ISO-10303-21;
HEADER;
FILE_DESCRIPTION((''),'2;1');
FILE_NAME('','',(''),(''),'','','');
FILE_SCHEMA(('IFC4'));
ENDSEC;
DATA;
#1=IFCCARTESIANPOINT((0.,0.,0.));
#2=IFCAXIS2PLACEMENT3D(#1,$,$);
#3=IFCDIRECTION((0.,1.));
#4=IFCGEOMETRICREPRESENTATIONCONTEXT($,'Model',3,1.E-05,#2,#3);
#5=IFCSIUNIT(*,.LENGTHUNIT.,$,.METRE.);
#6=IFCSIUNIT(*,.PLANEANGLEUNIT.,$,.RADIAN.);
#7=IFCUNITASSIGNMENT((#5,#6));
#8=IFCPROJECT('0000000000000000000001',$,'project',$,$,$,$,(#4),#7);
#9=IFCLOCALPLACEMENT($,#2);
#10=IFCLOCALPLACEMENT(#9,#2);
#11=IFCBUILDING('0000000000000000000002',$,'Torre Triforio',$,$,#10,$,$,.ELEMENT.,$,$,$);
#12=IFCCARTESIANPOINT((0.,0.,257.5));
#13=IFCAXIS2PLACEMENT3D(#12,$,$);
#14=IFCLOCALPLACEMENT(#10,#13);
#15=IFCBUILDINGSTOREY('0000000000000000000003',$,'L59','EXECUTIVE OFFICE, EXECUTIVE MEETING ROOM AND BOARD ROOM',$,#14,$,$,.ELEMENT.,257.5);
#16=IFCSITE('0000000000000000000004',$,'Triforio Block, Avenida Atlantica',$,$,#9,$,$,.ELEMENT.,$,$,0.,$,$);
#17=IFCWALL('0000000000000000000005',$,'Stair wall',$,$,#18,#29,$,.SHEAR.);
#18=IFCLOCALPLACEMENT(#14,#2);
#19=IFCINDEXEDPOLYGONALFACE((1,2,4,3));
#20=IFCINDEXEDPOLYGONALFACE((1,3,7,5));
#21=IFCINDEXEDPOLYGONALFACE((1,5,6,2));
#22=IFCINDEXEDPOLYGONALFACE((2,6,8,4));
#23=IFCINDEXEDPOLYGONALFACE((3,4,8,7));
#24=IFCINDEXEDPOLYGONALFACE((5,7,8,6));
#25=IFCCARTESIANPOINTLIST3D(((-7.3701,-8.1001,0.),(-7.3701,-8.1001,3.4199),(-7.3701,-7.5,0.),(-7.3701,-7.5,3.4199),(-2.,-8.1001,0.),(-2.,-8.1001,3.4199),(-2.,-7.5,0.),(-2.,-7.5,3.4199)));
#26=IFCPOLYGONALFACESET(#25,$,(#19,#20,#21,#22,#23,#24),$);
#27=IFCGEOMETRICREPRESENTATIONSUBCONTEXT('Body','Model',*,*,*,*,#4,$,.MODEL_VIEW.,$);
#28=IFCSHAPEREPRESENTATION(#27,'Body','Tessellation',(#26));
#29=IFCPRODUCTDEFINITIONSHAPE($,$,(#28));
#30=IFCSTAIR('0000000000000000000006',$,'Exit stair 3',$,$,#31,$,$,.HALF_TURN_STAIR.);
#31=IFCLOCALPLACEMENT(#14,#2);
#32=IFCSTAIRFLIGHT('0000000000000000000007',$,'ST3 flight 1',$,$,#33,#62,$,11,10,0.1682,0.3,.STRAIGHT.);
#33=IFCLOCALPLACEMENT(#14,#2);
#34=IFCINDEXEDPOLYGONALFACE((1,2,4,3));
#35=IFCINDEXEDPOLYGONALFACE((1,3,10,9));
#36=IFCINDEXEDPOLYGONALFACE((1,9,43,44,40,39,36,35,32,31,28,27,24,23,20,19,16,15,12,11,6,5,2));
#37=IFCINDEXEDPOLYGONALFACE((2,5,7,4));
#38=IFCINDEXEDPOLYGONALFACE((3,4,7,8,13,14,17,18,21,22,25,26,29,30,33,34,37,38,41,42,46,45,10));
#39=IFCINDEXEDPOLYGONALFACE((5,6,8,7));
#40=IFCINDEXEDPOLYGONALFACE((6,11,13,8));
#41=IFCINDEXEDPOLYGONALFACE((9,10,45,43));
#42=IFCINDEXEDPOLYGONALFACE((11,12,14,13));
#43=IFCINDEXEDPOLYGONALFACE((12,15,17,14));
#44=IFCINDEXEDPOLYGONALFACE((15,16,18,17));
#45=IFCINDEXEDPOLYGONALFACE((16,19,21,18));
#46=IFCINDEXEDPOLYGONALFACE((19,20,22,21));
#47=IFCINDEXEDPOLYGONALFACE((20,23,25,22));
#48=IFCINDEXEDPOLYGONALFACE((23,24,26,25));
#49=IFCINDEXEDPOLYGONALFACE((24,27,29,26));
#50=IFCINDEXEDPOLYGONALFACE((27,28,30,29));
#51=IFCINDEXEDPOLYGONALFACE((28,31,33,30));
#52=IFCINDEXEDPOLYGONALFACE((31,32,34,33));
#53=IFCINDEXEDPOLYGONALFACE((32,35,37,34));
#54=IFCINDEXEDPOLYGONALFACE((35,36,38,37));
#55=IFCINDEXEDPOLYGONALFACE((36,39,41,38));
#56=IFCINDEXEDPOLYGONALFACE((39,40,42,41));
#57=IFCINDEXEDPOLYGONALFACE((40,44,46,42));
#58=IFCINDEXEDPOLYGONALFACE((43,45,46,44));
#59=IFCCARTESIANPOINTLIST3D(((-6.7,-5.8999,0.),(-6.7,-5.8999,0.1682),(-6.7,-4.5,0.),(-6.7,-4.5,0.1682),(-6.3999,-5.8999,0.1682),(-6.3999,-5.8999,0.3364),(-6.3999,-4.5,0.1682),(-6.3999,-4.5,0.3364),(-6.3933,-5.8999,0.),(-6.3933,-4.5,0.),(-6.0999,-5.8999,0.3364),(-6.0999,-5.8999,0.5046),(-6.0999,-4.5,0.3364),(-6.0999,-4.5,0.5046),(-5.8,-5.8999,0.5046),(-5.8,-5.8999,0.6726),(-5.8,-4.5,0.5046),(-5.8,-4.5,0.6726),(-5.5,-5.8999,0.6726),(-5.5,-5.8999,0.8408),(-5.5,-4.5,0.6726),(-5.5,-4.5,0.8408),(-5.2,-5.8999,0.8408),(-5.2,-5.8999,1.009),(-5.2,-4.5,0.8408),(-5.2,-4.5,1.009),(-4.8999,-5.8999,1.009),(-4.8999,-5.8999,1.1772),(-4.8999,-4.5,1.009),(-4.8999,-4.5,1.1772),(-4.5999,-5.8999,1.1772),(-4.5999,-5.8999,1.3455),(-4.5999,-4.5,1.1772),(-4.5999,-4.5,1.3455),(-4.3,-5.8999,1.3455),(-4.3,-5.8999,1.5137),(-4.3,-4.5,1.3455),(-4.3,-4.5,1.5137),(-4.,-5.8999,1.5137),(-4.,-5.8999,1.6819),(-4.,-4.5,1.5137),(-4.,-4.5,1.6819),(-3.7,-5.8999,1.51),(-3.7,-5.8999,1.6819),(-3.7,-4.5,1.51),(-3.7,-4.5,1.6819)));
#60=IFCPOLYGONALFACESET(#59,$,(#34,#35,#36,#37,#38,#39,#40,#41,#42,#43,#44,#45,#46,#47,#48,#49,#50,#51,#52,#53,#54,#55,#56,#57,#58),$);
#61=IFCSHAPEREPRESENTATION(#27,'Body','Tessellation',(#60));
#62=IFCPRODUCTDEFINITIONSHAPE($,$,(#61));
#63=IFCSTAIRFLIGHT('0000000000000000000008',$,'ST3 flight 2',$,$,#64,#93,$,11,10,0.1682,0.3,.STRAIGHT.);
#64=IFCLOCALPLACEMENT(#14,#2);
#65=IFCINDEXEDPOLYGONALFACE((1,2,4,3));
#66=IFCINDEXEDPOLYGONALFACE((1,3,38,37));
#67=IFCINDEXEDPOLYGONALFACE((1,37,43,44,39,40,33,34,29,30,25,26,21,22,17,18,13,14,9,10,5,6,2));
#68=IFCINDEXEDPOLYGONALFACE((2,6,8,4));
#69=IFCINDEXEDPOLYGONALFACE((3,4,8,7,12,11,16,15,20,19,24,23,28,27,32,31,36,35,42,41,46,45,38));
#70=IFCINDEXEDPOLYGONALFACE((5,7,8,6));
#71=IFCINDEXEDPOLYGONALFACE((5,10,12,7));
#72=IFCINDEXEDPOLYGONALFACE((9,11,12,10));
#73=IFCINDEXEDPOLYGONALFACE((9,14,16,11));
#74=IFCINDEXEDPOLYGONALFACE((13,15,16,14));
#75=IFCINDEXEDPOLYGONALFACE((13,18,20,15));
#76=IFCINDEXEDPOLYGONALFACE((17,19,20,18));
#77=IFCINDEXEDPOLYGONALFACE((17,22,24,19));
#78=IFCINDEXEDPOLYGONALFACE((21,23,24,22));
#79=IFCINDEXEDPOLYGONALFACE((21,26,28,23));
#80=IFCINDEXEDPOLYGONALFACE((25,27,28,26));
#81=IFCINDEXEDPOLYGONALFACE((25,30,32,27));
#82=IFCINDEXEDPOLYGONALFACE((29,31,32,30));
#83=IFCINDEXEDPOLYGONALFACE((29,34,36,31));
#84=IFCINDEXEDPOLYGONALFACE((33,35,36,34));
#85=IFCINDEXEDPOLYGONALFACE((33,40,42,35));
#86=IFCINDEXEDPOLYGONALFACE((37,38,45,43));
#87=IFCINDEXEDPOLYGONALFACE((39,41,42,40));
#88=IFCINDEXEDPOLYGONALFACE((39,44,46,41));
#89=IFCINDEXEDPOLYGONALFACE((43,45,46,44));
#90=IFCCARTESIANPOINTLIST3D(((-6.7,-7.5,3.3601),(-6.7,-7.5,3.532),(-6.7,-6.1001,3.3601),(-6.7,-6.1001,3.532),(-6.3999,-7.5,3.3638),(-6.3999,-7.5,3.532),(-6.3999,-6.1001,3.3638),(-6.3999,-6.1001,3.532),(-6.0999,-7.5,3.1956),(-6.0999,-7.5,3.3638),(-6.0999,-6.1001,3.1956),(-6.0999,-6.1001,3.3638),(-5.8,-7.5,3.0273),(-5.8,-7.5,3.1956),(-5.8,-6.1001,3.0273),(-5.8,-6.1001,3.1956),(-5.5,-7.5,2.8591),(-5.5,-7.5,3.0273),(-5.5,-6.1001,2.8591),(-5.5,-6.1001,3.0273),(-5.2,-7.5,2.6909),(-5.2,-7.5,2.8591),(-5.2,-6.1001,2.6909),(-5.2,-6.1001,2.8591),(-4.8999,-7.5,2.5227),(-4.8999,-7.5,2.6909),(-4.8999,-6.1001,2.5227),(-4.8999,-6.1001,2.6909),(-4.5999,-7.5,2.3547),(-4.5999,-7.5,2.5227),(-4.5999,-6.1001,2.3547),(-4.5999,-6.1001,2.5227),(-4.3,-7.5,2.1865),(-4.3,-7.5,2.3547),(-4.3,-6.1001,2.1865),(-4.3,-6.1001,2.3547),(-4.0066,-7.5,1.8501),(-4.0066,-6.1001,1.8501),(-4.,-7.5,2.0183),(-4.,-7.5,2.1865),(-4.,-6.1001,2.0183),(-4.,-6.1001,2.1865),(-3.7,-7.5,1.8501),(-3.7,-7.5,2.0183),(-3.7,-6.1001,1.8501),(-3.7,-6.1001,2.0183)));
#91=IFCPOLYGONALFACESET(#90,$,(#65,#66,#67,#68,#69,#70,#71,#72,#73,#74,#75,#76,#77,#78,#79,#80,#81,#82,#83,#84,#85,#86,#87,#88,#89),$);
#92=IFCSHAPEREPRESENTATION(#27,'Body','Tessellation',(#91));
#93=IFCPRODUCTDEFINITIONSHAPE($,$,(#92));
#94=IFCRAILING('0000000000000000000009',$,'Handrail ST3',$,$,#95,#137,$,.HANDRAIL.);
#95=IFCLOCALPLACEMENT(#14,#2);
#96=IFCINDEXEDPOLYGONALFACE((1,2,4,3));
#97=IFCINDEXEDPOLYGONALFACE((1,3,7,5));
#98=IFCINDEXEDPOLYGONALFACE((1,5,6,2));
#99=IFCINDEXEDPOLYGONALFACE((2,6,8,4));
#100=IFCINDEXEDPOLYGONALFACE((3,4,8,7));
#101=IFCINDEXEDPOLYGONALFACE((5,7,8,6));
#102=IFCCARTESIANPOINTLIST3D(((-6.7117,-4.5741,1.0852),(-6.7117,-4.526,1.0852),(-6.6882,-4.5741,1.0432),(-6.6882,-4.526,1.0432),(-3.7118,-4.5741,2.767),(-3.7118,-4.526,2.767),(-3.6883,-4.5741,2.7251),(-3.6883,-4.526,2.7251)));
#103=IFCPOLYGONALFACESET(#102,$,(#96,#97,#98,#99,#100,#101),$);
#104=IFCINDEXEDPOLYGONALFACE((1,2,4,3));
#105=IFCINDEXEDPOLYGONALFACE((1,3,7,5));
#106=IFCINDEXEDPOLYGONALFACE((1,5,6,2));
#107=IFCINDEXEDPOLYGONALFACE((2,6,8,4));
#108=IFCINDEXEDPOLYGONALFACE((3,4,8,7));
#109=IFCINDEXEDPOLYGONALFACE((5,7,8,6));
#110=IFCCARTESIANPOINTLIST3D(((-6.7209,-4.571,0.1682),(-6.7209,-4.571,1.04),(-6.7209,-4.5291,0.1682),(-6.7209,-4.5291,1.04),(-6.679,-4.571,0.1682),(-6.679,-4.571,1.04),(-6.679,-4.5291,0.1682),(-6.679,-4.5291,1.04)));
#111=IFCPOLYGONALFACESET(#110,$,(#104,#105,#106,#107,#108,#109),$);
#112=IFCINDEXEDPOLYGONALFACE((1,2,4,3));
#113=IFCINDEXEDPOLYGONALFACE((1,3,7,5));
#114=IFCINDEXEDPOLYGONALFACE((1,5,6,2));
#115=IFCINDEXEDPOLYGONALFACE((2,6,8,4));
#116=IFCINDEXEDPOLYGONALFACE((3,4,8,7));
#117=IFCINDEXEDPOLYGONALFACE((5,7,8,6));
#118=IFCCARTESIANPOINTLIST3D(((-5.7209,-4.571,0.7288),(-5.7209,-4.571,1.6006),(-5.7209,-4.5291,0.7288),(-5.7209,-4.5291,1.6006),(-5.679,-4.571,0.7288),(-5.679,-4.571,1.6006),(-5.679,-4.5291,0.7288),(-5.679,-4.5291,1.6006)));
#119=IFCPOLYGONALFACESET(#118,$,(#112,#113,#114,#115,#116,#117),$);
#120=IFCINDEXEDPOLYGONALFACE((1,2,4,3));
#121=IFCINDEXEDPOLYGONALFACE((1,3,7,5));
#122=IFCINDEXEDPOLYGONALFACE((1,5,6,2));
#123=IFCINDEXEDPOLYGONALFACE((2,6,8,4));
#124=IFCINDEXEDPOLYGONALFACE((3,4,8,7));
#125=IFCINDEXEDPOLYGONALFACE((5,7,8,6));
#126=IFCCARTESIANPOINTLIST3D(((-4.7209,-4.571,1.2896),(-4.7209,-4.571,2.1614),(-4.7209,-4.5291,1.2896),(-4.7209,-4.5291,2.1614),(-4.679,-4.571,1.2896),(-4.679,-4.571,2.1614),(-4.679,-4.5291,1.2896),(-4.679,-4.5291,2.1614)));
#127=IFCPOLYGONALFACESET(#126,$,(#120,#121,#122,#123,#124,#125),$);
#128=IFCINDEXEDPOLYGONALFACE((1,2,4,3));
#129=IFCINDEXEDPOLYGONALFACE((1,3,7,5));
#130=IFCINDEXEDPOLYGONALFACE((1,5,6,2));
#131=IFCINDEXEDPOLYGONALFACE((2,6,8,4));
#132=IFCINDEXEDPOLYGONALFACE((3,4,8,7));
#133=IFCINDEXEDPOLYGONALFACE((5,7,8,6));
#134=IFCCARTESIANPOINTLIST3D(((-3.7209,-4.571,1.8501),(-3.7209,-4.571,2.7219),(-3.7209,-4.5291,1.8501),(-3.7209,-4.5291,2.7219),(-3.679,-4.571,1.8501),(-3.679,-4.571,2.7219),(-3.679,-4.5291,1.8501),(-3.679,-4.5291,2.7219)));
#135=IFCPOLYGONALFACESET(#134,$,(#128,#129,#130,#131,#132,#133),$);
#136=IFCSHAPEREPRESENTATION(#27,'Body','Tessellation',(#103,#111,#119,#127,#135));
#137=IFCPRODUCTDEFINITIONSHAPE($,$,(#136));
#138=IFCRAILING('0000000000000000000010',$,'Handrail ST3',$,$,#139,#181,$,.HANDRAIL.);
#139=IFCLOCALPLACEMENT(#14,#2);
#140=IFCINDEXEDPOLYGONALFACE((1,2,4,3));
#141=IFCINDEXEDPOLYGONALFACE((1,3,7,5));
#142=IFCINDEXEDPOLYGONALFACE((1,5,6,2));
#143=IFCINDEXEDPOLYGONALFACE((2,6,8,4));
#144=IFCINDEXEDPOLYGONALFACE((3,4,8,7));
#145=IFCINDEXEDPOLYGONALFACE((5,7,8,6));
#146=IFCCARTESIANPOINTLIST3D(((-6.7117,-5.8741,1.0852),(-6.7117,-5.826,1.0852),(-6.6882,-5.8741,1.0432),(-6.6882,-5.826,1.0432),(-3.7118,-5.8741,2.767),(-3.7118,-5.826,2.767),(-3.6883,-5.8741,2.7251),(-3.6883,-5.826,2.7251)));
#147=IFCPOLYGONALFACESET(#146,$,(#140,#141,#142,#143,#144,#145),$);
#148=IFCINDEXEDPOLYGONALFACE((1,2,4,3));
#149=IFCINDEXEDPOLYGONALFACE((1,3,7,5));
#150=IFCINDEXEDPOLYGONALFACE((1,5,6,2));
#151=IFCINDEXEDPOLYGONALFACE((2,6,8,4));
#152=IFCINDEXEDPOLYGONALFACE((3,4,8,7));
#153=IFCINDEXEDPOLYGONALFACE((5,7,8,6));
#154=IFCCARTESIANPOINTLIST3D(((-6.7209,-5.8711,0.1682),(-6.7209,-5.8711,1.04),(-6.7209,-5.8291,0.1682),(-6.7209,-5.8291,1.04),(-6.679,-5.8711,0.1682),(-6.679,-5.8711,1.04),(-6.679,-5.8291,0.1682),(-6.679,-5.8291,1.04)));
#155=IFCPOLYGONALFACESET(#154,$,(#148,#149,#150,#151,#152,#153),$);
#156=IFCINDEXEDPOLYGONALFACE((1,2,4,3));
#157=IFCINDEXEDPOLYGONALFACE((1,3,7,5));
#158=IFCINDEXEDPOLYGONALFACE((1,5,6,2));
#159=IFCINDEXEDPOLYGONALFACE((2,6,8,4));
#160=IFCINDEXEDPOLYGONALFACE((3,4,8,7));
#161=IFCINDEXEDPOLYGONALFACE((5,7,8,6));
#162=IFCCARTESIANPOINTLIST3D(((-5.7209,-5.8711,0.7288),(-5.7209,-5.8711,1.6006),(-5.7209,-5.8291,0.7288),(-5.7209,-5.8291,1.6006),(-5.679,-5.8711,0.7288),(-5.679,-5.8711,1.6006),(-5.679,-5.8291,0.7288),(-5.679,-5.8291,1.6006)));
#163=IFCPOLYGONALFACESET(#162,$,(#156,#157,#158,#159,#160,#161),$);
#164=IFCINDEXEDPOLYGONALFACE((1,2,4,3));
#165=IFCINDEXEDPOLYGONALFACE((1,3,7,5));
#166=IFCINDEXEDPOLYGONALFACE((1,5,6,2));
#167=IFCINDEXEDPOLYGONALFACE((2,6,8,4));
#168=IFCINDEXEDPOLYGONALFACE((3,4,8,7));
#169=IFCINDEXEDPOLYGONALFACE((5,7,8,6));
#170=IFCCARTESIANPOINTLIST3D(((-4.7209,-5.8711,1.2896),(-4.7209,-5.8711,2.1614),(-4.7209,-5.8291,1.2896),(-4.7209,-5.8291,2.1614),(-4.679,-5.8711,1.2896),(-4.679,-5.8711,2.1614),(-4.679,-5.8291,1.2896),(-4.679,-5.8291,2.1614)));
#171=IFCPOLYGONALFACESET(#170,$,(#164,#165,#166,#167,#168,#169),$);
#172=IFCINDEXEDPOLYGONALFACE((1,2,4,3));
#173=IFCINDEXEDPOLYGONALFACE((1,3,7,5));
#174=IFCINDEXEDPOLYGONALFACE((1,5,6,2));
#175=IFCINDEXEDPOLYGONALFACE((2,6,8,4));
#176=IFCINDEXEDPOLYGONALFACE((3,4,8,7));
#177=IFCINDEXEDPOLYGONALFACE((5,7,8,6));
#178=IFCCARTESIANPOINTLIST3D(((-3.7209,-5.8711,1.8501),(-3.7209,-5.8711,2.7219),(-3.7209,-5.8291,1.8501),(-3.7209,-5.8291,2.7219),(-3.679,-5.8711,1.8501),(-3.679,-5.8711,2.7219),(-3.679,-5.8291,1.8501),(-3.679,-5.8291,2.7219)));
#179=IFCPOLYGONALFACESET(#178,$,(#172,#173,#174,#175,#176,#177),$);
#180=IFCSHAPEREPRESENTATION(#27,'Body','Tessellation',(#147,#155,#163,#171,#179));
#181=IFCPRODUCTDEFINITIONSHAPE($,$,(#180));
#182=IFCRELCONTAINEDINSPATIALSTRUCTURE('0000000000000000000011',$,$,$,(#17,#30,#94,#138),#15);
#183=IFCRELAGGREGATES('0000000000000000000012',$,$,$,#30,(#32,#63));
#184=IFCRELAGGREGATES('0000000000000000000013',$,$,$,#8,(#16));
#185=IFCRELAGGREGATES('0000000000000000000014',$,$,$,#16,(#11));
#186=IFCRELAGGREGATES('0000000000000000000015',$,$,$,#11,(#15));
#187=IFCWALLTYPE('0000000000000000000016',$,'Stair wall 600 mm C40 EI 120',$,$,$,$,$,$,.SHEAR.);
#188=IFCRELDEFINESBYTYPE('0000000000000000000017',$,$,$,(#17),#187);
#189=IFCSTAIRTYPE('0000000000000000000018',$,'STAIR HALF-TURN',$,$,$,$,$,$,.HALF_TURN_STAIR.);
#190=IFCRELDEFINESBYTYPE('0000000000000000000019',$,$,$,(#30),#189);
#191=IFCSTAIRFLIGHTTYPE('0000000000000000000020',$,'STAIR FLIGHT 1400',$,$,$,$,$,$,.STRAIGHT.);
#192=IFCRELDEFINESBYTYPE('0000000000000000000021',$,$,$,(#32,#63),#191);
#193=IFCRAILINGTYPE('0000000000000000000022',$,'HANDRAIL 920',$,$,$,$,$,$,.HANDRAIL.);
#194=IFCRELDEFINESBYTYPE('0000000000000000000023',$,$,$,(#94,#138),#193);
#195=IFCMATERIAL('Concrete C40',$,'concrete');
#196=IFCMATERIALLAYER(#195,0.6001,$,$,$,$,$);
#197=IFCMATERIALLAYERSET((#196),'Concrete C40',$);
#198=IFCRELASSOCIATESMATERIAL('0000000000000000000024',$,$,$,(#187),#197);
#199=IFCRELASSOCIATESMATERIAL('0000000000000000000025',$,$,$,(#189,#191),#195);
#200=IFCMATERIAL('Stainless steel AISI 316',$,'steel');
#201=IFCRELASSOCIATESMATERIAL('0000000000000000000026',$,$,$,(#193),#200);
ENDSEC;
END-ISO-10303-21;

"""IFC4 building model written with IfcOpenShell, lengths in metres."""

from ifc_helpers import new_model, si_unit, direction, frame, frame_2d, origin, origin_2d, place, context, subcontext, project, spatial, polyline, rectangle, outline, extrude, material, layer, layer_set, type_object, element, aggregate, save


model = new_model("IFC4")

# Units and contexts
model_context = context("Model", 3, precision=1e-05, world=origin(), true_north=direction((0.0, 1.0)))
body_context = subcontext(model_context, "Body", "Model", "MODEL_VIEW")
ifc_project = project(units=[si_unit("LENGTHUNIT", "METRE"), si_unit("PLANEANGLEUNIT", "RADIAN")], contexts=[model_context])

# Site, building, storey
site_placement = place(None, origin())
site = spatial("IfcSite", under=ifc_project, at=site_placement, Name="Triforio Block, Avenida Atlantica", CompositionType="ELEMENT", RefElevation=0.0)
building_placement = place(site_placement, origin())
building = spatial("IfcBuilding", under=site, at=building_placement, Name="Torre Triforio", CompositionType="ELEMENT")
storey_placement = place(building_placement, frame((0.0, 0.0, 257.5)))
storey = spatial("IfcBuildingStorey", under=building, at=storey_placement, Name="L59", Description="EXECUTIVE OFFICE, EXECUTIVE MEETING ROOM AND BOARD ROOM", CompositionType="ELEMENT", Elevation=257.5)

# Shared definitions
ifc_material_1 = material(Name="Concrete C40", Category="concrete")

# Wall
ifc_layer_1 = layer(ifc_material_1, 0.6001)
ifc_layer_set_1 = layer_set([ifc_layer_1], Name="Concrete C40")
wall_type_1 = type_object("IfcWallType", Name="Stair wall 600 mm C40 EI 120", PredefinedType="SHEAR", material=ifc_layer_set_1)
wall_1_placement = place(storey_placement, frame((-7.3701, -7.8, 0.0), z_axis=(0.0, 0.0, 1.0), x_axis=(1.0, 0.0, 0.0)))
element("IfcWall", 1, at=wall_1_placement, inside=storey, type_object=wall_type_1, Name="Stair wall", PredefinedType="SHEAR", context=body_context, shape_type="SweptSolid", body=[
    extrude(rectangle(XDim=5.3701, YDim=0.6001, at=frame_2d((2.6851, 0.0))), origin(), (0.0, 0.0, 1.0), 3.4199),
])

# Stair, stair flights
stair_type = type_object("IfcStairType", Name="STAIR HALF-TURN", PredefinedType="HALF_TURN_STAIR", material=ifc_material_1)
stair_placement = place(storey_placement, origin())
stair = element("IfcStair", 2, at=stair_placement, inside=storey, type_object=stair_type, Name="Exit stair 3", PredefinedType="HALF_TURN_STAIR")
stair_flight_type = type_object("IfcStairFlightType", Name="STAIR FLIGHT 1400", PredefinedType="STRAIGHT", material=ifc_material_1)
stair_flight_1_placement = place(storey_placement, frame((-6.7, -5.2, 0.0), z_axis=(0.0, 0.0, 1.0), x_axis=(1.0, 0.0, 0.0)))
stair_flight_1 = element("IfcStairFlight", 3, at=stair_flight_1_placement, type_object=stair_flight_type, Name="ST3 flight 1", NumberOfRisers=11, NumberOfTreads=10, PredefinedType="STRAIGHT", RiserHeight=0.1682, TreadLength=0.3, context=body_context, shape_type="SweptSolid", body=[
    extrude(outline(polyline([(0.0, 0.0), (0.0, 0.1682), (0.3, 0.1682), (0.3, 0.3364), (0.6001, 0.3364), (0.6001, 0.5046), (0.8999, 0.5046), (0.8999, 0.6726), (1.2, 0.6726), (1.2, 0.8408), (1.5, 0.8408), (1.5, 1.009), (1.8, 1.009), (1.8, 1.1772), (2.1001, 1.1772), (2.1001, 1.3455), (2.3999, 1.3455), (2.3999, 1.5137), (2.7, 1.5137), (2.7, 1.6819), (3.0, 1.6819), (3.0, 1.8501), (3.0, 1.51), (0.3066, 0.0), (0.0, 0.0)])), frame((0.0, 0.7, 0.0), z_axis=(0.0, -1.0, 0.0), x_axis=(1.0, 0.0, 0.0)), (0.0, 0.0, 1.0), 1.3999),
])
stair_flight_2_placement = place(storey_placement, frame((-3.7, -6.8, 1.8501), z_axis=(0.0, 0.0, 1.0), x_axis=(-1.0, 0.0, 0.0)))
stair_flight_2 = element("IfcStairFlight", 4, at=stair_flight_2_placement, type_object=stair_flight_type, Name="ST3 flight 2", NumberOfRisers=11, NumberOfTreads=10, PredefinedType="STRAIGHT", RiserHeight=0.1682, TreadLength=0.3, context=body_context, shape_type="SweptSolid", body=[
    extrude(outline(polyline([(0.0, 0.0), (0.0, 0.1682), (0.3, 0.1682), (0.3, 0.3364), (0.6001, 0.3364), (0.6001, 0.5046), (0.8999, 0.5046), (0.8999, 0.6726), (1.2, 0.6726), (1.2, 0.8408), (1.5, 0.8408), (1.5, 1.009), (1.8, 1.009), (1.8, 1.1772), (2.1001, 1.1772), (2.1001, 1.3455), (2.3999, 1.3455), (2.3999, 1.5137), (2.7, 1.5137), (2.7, 1.6819), (3.0, 1.6819), (3.0, 1.8501), (3.0, 1.51), (0.3066, 0.0), (0.0, 0.0)])), frame((0.0, 0.7, 0.0), z_axis=(0.0, -1.0, 0.0), x_axis=(1.0, 0.0, 0.0)), (0.0, 0.0, 1.0), 1.3999),
])
aggregate(stair, [stair_flight_1, stair_flight_2])

# Railings
ifc_material_2 = material(Name="Stainless steel AISI 316", Category="steel")
railing_type = type_object("IfcRailingType", Name="HANDRAIL 920", PredefinedType="HANDRAIL", material=ifc_material_2)
for number, where, name in (
    (5, (-6.7, -4.55, 0.1682), "Handrail ST3"),
    (6, (-6.7, -5.8501, 0.1682), "Handrail ST3"),
):
    element("IfcRailing", number, at=place(storey_placement, frame(where)), inside=storey, type_object=railing_type, Name=name, PredefinedType="HANDRAIL", context=body_context, shape_type="SweptSolid", body=[
        extrude(rectangle(XDim=0.0481, YDim=0.0481, at=origin_2d()), frame((0.0, 0.0, 0.896), z_axis=(0.872272, 0.0, 0.48902), x_axis=(0.0, 1.0, 0.0)), (0.0, 0.0, 1.0), 3.4392),
        extrude(rectangle(XDim=0.042, YDim=0.042, at=origin_2d()), origin(), (0.0, 0.0, 1.0), 0.8718),
        extrude(rectangle(XDim=0.042, YDim=0.042, at=origin_2d()), frame((1.0, 0.0, 0.5605)), (0.0, 0.0, 1.0), 0.8718),
        extrude(rectangle(XDim=0.042, YDim=0.042, at=origin_2d()), frame((2.0, 0.0, 1.1213)), (0.0, 0.0, 1.0), 0.8718),
        extrude(rectangle(XDim=0.042, YDim=0.042, at=origin_2d()), frame((3.0, 0.0, 1.6819)), (0.0, 0.0, 1.0), 0.8718),
    ])

save(model, "model.ifc")
